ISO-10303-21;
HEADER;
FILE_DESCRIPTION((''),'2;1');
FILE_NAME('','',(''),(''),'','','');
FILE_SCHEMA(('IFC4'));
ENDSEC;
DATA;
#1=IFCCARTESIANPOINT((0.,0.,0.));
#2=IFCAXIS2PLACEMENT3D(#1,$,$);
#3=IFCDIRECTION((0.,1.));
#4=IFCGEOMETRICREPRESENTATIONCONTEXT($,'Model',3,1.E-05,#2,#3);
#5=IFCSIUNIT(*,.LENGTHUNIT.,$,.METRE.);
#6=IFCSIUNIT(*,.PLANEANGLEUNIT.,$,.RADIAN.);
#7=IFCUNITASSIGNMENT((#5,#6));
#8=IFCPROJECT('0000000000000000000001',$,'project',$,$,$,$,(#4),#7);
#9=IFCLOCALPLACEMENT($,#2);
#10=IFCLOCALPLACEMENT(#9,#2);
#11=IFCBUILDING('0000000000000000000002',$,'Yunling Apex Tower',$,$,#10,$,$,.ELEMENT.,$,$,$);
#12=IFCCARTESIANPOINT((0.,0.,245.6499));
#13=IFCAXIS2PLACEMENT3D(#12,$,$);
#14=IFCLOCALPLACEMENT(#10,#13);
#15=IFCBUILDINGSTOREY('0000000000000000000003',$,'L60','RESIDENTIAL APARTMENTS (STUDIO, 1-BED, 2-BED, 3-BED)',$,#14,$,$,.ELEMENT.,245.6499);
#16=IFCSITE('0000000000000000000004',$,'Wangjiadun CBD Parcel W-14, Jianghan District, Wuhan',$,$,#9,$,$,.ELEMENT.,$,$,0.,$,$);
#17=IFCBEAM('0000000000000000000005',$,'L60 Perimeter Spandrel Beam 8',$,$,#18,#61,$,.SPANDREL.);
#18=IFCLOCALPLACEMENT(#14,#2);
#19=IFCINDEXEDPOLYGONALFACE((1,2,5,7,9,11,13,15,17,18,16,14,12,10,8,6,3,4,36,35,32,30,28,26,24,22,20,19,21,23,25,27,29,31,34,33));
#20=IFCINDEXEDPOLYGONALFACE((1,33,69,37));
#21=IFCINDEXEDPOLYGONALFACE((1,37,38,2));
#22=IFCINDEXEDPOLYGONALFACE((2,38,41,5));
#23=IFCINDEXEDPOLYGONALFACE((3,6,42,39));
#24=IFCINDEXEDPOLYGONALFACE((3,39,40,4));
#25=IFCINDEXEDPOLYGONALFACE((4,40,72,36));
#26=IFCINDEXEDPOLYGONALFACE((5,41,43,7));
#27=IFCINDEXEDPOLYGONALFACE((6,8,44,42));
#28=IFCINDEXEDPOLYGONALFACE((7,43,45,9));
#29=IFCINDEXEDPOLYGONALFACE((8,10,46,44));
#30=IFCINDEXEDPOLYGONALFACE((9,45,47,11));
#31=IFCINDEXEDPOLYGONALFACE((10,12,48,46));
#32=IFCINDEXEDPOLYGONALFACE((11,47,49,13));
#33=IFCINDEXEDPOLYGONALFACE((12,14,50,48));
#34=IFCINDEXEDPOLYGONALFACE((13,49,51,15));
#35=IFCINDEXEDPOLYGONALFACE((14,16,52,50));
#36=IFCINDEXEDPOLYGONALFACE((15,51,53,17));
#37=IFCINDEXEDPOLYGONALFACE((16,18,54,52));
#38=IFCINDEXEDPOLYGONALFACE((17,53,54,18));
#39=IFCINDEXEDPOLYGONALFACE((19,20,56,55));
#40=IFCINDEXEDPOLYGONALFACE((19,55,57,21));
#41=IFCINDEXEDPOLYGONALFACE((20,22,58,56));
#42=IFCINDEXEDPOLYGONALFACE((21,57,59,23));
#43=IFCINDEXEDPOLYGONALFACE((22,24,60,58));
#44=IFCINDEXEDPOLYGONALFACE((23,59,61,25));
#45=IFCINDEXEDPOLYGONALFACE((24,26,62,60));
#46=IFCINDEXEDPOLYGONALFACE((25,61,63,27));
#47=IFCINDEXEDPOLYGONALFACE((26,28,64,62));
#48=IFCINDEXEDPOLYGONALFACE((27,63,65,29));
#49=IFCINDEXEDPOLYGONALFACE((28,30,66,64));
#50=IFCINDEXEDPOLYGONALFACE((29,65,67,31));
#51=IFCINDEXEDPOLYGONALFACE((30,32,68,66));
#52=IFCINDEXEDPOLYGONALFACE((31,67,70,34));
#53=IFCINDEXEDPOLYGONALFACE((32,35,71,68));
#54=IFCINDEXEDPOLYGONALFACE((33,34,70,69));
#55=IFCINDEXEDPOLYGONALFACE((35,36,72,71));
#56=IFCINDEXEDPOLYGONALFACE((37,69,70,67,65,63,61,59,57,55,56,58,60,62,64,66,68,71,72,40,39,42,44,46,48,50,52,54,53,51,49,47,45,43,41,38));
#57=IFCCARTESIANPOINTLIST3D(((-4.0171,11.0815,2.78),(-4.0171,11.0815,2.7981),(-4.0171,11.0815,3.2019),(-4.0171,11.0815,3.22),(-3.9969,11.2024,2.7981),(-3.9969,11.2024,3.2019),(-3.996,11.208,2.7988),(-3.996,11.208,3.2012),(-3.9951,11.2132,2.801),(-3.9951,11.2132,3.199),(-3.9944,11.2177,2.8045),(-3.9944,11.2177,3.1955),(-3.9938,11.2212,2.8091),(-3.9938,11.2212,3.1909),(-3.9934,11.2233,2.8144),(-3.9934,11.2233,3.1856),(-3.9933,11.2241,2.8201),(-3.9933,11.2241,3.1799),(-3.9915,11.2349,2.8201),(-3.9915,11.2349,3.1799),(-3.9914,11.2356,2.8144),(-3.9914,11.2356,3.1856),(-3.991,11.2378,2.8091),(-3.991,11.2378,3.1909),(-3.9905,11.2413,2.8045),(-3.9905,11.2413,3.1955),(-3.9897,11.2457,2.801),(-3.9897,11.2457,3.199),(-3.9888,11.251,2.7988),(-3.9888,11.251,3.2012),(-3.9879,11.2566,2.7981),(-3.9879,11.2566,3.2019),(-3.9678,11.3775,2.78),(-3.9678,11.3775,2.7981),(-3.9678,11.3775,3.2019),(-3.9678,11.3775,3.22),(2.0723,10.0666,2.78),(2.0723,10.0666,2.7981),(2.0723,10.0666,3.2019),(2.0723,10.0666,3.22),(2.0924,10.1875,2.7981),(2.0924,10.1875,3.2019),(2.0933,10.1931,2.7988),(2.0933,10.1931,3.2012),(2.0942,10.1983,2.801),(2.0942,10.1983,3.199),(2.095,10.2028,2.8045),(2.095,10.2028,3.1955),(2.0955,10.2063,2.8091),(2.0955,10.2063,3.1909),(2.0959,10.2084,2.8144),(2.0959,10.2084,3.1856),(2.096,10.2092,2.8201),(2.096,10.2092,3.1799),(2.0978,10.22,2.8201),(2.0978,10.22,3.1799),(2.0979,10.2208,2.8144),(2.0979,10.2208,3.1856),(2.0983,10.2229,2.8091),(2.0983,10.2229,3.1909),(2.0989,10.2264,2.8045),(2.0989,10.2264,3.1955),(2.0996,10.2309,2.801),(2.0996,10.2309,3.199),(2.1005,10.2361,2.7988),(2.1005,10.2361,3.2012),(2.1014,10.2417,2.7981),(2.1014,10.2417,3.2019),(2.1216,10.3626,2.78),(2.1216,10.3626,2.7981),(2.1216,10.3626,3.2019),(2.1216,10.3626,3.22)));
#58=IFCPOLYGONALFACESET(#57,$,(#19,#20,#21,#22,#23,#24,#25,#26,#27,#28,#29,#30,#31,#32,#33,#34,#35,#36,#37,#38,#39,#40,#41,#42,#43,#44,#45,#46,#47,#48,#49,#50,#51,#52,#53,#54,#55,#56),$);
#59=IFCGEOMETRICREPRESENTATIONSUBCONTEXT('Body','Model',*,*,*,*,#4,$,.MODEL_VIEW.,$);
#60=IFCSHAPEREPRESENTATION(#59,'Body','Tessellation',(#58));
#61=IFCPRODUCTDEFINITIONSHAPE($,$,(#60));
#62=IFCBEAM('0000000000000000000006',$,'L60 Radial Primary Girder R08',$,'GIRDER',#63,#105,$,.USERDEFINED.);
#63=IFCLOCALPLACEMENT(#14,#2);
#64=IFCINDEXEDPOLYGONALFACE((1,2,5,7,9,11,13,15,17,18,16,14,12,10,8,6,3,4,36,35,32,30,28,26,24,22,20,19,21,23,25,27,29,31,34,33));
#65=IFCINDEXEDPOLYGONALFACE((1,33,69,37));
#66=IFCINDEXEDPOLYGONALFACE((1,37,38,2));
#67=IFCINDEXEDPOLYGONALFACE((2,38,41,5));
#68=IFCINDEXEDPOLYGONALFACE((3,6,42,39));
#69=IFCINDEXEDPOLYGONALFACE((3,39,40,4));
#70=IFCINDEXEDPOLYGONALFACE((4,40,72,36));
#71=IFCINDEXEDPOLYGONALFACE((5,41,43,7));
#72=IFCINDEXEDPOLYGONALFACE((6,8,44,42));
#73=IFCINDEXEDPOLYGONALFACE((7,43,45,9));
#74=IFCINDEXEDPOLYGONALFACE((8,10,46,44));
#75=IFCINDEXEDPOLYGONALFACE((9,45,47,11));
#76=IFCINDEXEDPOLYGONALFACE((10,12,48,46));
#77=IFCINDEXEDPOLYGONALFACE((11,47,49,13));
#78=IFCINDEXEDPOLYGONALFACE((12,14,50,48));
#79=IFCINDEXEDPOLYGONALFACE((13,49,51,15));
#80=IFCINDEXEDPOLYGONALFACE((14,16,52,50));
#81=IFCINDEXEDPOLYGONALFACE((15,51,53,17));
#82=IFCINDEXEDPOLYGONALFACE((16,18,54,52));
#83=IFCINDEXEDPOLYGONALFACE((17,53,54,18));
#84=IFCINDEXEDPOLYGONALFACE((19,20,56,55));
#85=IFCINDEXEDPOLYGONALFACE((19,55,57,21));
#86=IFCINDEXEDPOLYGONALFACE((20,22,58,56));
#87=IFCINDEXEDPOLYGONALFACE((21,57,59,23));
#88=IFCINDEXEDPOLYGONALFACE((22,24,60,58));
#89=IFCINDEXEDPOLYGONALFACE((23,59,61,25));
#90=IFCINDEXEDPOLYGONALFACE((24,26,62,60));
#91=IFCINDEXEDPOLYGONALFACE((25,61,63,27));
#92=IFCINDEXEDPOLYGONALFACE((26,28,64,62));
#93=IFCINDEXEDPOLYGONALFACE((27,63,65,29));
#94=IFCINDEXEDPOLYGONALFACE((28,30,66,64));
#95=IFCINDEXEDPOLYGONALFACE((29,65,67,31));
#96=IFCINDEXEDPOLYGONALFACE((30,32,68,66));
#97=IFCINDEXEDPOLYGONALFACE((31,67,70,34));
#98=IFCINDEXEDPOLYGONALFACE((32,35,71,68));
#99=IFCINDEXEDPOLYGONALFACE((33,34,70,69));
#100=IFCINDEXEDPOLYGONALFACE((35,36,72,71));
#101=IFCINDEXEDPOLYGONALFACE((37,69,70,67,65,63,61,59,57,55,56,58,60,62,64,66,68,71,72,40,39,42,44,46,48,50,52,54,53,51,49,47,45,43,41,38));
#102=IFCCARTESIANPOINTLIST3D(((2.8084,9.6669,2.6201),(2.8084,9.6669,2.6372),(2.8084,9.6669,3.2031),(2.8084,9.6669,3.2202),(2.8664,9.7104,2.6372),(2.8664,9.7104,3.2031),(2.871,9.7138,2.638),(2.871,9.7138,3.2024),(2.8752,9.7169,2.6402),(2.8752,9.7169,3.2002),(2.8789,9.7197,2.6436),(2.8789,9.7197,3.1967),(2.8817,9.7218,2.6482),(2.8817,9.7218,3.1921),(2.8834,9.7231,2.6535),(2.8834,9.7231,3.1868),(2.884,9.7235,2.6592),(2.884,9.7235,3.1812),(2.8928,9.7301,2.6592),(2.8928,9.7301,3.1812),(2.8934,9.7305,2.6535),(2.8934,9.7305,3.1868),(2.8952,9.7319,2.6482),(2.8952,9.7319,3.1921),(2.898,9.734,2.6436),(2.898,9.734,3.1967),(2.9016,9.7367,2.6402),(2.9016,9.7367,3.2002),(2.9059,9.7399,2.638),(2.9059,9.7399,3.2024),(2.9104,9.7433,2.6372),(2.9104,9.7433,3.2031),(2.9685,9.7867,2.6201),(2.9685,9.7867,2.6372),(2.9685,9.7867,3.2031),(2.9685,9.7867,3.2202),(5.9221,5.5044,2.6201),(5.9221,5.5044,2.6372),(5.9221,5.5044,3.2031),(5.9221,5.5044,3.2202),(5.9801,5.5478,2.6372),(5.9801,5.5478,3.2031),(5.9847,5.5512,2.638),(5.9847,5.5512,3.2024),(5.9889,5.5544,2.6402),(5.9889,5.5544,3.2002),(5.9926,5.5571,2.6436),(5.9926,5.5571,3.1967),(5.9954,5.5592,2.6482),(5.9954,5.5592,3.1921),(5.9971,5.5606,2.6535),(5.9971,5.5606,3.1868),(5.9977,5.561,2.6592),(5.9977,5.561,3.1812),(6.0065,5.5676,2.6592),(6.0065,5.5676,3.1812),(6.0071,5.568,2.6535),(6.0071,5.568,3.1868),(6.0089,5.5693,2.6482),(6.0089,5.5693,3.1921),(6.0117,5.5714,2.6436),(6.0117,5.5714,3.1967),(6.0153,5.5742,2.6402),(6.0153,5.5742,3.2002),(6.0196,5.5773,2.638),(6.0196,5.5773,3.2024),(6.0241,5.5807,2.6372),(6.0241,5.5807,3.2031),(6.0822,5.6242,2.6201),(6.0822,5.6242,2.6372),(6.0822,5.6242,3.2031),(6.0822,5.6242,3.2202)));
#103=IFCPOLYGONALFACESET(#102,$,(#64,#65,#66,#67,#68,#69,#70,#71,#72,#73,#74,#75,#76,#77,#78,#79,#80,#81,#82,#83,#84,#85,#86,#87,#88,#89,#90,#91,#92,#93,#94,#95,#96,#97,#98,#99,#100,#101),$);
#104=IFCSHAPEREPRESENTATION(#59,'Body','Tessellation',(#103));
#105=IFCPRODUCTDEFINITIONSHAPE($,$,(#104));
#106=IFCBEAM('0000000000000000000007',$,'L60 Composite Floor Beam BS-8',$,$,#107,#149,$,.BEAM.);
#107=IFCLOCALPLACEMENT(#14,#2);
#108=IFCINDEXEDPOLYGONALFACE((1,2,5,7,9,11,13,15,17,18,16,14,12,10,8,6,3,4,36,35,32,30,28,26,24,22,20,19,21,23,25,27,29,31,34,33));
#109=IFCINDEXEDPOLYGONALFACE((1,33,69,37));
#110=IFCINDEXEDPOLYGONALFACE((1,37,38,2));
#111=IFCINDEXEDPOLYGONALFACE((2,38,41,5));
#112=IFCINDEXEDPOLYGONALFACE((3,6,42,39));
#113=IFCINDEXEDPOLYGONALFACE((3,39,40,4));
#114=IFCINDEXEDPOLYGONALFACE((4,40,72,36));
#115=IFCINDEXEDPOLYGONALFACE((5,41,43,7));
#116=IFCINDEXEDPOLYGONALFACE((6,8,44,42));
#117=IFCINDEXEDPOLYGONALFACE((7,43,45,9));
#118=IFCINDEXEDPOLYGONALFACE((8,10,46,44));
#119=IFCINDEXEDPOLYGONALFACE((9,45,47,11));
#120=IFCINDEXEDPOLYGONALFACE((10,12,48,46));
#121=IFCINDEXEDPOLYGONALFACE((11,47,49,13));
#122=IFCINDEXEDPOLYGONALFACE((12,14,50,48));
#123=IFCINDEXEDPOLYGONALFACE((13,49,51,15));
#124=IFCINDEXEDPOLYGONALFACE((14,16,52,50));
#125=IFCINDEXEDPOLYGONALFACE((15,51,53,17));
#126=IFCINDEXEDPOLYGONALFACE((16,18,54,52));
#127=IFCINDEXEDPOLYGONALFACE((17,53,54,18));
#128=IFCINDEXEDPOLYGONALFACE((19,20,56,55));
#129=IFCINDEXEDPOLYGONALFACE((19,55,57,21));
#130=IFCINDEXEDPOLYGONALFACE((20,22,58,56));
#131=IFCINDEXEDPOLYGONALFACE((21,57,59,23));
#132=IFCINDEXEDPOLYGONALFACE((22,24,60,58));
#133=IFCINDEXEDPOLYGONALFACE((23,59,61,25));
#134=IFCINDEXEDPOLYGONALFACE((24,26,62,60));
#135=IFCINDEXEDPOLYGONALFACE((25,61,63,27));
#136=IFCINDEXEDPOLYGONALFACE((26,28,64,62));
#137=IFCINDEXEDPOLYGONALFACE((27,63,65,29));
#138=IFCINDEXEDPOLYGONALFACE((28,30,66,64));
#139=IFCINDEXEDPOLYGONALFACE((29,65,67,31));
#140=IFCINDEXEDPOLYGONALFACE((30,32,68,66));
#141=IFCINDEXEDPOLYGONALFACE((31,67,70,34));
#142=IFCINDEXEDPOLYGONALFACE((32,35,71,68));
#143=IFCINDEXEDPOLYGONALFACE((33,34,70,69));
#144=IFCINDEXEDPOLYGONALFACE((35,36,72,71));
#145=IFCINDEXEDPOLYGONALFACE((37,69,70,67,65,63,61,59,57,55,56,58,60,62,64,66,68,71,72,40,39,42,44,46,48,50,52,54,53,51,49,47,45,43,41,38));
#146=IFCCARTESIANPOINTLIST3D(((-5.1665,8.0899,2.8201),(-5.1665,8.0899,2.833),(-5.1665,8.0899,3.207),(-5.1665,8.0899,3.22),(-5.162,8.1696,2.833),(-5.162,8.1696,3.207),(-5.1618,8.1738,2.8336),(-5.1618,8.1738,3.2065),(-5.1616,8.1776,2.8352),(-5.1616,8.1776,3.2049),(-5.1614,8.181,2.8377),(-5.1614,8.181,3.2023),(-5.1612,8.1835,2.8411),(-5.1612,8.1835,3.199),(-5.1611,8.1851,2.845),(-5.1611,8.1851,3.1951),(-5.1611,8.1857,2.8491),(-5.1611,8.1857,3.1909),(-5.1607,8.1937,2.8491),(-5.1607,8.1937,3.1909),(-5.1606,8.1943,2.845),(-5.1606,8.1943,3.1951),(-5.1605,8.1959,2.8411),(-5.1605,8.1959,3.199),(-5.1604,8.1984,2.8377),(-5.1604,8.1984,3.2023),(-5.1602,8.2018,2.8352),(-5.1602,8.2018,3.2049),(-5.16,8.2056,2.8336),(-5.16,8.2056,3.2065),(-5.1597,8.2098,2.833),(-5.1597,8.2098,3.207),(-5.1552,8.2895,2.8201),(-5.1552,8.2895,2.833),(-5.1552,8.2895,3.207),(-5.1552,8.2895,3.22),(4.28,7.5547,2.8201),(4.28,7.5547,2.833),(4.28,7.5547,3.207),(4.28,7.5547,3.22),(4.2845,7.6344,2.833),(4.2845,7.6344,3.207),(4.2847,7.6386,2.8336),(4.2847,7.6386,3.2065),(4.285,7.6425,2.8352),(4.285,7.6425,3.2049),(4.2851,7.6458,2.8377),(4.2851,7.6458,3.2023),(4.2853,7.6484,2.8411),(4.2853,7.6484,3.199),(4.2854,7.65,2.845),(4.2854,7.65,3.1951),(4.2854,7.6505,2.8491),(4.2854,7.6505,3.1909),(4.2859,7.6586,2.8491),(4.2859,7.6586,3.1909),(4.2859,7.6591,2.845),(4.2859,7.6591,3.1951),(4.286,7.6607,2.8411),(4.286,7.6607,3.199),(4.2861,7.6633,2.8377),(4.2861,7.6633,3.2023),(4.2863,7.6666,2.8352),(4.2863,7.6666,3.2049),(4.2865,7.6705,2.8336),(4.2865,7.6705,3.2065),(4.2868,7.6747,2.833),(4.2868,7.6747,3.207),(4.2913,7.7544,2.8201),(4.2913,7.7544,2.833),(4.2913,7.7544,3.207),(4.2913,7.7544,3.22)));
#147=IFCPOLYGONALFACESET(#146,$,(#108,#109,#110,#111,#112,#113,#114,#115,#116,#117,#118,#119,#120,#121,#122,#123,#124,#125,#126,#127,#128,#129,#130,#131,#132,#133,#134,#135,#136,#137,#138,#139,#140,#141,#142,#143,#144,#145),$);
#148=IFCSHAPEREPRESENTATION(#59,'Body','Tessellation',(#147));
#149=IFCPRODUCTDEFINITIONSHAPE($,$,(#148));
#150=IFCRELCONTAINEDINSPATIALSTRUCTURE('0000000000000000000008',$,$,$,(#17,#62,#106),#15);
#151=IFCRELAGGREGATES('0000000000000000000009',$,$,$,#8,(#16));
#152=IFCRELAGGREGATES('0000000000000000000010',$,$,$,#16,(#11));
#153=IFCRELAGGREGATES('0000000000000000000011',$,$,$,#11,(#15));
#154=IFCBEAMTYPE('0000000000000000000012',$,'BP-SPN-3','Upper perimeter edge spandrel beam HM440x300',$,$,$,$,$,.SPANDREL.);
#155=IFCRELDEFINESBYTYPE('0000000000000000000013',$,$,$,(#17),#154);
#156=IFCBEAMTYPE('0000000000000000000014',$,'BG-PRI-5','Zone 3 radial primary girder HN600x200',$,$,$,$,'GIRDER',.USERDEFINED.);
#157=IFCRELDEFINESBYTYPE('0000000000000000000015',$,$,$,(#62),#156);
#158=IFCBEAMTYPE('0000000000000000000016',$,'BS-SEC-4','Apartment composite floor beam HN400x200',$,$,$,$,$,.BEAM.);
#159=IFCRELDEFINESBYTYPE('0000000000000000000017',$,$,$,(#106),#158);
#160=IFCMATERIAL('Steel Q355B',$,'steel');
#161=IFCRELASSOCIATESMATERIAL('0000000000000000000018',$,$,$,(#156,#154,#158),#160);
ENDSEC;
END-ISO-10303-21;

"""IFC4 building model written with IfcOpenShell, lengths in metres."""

from ifc_helpers import new_model, si_unit, direction, frame, origin, origin_2d, place, context, subcontext, project, spatial, i_section, extrude, source, transform, mapped, material, material_profile, profile_set, type_object, element, save


model = new_model("IFC4")

# Units and contexts
model_context = context("Model", 3, precision=1e-05, world=origin(), true_north=direction((0.0, 1.0)))
body_context = subcontext(model_context, "Body", "Model", "MODEL_VIEW")
ifc_project = project(units=[si_unit("LENGTHUNIT", "METRE"), si_unit("PLANEANGLEUNIT", "RADIAN")], contexts=[model_context])

# Site, building, storey
site_placement = place(None, origin())
site = spatial("IfcSite", under=ifc_project, at=site_placement, Name="Wangjiadun CBD Parcel W-14, Jianghan District, Wuhan", CompositionType="ELEMENT", RefElevation=0.0)
building_placement = place(site_placement, origin())
building = spatial("IfcBuilding", under=site, at=building_placement, Name="Yunling Apex Tower", CompositionType="ELEMENT")
storey_placement = place(building_placement, frame((0.0, 0.0, 245.6499)))
storey = spatial("IfcBuildingStorey", under=building, at=storey_placement, Name="L60", Description="RESIDENTIAL APARTMENTS (STUDIO, 1-BED, 2-BED, 3-BED)", CompositionType="ELEMENT", Elevation=245.6499)

# Beams
ifc_material_1 = material(Name="Steel Q355B", Category="steel")
ifc_material_profile_1 = material_profile(ifc_material_1, i_section(OverallWidth=0.2, OverallDepth=0.6001, WebThickness=0.011, FlangeThickness=0.0171, FilletRadius=0.022, at=origin_2d()))
ifc_profile_set_1 = profile_set([ifc_material_profile_1], Name="Steel Q355B")
beam_type_1 = type_object("IfcBeamType", Name="BG-PRI-5", Description="Zone 3 radial primary girder HN600x200", ElementType="GIRDER", PredefinedType="USERDEFINED", material=ifc_profile_set_1)
ifc_material_profile_2 = material_profile(ifc_material_1, i_section(OverallWidth=0.3, OverallDepth=0.4399, WebThickness=0.011, FlangeThickness=0.0181, FilletRadius=0.022, at=origin_2d()))
ifc_profile_set_2 = profile_set([ifc_material_profile_2], Name="Steel Q355B")
beam_type_2 = type_object("IfcBeamType", Name="BP-SPN-3", Description="Upper perimeter edge spandrel beam HM440x300", PredefinedType="SPANDREL", material=ifc_profile_set_2)
shared_shape_1 = source(origin(), body_context, "Body", "SweptSolid", [
    extrude(i_section(OverallWidth=0.3, OverallDepth=0.4399, WebThickness=0.011, FlangeThickness=0.0181, FilletRadius=0.022, at=origin_2d()), origin(), (0.0, 0.0, 1.0), 6.1733),
])
beam_1_placement = place(storey_placement, frame((2.0969, 10.2146, 3.0), z_axis=(-0.986394, 0.164399, 0.0), x_axis=(-0.164399, -0.986394, 0.0)))
element("IfcBeam", 1, at=beam_1_placement, inside=storey, type_object=beam_type_2, Name="L60 Perimeter Spandrel Beam 8", PredefinedType="SPANDREL", context=body_context, shape_type="MappedRepresentation", body=[
    mapped(shared_shape_1, transform((0.0, 0.0, 0.0), scale=1.0)),
])
shared_shape_2 = source(origin(), body_context, "Body", "SweptSolid", [
    extrude(i_section(OverallWidth=0.2, OverallDepth=0.6001, WebThickness=0.011, FlangeThickness=0.0171, FilletRadius=0.022, at=origin_2d()), origin(), (0.0, 0.0, 1.0), 5.1982),
])
beam_2_placement = place(storey_placement, frame((2.8884, 9.7268, 2.9202), z_axis=(0.598993, -0.800755, 0.0), x_axis=(0.800755, 0.598993, 0.0)))
element("IfcBeam", 2, at=beam_2_placement, inside=storey, type_object=beam_type_1, Name="L60 Radial Primary Girder R08", ObjectType="GIRDER", PredefinedType="USERDEFINED", context=body_context, shape_type="MappedRepresentation", body=[
    mapped(shared_shape_2, transform((0.0, 0.0, 0.0), scale=1.0)),
])
ifc_material_profile_3 = material_profile(ifc_material_1, i_section(OverallWidth=0.2, OverallDepth=0.3999, WebThickness=0.0081, FlangeThickness=0.0129, FilletRadius=0.0161, at=origin_2d()))
ifc_profile_set_3 = profile_set([ifc_material_profile_3], Name="Steel Q355B")
beam_type_3 = type_object("IfcBeamType", Name="BS-SEC-4", Description="Apartment composite floor beam HN400x200", PredefinedType="BEAM", material=ifc_profile_set_3)
shared_shape_3 = source(origin(), body_context, "Body", "SweptSolid", [
    extrude(i_section(OverallWidth=0.2, OverallDepth=0.3999, WebThickness=0.0081, FlangeThickness=0.0129, FilletRadius=0.0161, at=origin_2d()), origin(), (0.0, 0.0, 1.0), 9.4617),
])
beam_3_placement = place(storey_placement, frame((4.2856, 7.6545, 3.02), z_axis=(-0.998399, 0.05656, 0.0), x_axis=(-0.05656, -0.998399, 0.0)))
element("IfcBeam", 3, at=beam_3_placement, inside=storey, type_object=beam_type_3, Name="L60 Composite Floor Beam BS-8", PredefinedType="BEAM", context=body_context, shape_type="MappedRepresentation", body=[
    mapped(shared_shape_3, transform((0.0, 0.0, 0.0), scale=1.0)),
])

save(model, "model.ifc")
